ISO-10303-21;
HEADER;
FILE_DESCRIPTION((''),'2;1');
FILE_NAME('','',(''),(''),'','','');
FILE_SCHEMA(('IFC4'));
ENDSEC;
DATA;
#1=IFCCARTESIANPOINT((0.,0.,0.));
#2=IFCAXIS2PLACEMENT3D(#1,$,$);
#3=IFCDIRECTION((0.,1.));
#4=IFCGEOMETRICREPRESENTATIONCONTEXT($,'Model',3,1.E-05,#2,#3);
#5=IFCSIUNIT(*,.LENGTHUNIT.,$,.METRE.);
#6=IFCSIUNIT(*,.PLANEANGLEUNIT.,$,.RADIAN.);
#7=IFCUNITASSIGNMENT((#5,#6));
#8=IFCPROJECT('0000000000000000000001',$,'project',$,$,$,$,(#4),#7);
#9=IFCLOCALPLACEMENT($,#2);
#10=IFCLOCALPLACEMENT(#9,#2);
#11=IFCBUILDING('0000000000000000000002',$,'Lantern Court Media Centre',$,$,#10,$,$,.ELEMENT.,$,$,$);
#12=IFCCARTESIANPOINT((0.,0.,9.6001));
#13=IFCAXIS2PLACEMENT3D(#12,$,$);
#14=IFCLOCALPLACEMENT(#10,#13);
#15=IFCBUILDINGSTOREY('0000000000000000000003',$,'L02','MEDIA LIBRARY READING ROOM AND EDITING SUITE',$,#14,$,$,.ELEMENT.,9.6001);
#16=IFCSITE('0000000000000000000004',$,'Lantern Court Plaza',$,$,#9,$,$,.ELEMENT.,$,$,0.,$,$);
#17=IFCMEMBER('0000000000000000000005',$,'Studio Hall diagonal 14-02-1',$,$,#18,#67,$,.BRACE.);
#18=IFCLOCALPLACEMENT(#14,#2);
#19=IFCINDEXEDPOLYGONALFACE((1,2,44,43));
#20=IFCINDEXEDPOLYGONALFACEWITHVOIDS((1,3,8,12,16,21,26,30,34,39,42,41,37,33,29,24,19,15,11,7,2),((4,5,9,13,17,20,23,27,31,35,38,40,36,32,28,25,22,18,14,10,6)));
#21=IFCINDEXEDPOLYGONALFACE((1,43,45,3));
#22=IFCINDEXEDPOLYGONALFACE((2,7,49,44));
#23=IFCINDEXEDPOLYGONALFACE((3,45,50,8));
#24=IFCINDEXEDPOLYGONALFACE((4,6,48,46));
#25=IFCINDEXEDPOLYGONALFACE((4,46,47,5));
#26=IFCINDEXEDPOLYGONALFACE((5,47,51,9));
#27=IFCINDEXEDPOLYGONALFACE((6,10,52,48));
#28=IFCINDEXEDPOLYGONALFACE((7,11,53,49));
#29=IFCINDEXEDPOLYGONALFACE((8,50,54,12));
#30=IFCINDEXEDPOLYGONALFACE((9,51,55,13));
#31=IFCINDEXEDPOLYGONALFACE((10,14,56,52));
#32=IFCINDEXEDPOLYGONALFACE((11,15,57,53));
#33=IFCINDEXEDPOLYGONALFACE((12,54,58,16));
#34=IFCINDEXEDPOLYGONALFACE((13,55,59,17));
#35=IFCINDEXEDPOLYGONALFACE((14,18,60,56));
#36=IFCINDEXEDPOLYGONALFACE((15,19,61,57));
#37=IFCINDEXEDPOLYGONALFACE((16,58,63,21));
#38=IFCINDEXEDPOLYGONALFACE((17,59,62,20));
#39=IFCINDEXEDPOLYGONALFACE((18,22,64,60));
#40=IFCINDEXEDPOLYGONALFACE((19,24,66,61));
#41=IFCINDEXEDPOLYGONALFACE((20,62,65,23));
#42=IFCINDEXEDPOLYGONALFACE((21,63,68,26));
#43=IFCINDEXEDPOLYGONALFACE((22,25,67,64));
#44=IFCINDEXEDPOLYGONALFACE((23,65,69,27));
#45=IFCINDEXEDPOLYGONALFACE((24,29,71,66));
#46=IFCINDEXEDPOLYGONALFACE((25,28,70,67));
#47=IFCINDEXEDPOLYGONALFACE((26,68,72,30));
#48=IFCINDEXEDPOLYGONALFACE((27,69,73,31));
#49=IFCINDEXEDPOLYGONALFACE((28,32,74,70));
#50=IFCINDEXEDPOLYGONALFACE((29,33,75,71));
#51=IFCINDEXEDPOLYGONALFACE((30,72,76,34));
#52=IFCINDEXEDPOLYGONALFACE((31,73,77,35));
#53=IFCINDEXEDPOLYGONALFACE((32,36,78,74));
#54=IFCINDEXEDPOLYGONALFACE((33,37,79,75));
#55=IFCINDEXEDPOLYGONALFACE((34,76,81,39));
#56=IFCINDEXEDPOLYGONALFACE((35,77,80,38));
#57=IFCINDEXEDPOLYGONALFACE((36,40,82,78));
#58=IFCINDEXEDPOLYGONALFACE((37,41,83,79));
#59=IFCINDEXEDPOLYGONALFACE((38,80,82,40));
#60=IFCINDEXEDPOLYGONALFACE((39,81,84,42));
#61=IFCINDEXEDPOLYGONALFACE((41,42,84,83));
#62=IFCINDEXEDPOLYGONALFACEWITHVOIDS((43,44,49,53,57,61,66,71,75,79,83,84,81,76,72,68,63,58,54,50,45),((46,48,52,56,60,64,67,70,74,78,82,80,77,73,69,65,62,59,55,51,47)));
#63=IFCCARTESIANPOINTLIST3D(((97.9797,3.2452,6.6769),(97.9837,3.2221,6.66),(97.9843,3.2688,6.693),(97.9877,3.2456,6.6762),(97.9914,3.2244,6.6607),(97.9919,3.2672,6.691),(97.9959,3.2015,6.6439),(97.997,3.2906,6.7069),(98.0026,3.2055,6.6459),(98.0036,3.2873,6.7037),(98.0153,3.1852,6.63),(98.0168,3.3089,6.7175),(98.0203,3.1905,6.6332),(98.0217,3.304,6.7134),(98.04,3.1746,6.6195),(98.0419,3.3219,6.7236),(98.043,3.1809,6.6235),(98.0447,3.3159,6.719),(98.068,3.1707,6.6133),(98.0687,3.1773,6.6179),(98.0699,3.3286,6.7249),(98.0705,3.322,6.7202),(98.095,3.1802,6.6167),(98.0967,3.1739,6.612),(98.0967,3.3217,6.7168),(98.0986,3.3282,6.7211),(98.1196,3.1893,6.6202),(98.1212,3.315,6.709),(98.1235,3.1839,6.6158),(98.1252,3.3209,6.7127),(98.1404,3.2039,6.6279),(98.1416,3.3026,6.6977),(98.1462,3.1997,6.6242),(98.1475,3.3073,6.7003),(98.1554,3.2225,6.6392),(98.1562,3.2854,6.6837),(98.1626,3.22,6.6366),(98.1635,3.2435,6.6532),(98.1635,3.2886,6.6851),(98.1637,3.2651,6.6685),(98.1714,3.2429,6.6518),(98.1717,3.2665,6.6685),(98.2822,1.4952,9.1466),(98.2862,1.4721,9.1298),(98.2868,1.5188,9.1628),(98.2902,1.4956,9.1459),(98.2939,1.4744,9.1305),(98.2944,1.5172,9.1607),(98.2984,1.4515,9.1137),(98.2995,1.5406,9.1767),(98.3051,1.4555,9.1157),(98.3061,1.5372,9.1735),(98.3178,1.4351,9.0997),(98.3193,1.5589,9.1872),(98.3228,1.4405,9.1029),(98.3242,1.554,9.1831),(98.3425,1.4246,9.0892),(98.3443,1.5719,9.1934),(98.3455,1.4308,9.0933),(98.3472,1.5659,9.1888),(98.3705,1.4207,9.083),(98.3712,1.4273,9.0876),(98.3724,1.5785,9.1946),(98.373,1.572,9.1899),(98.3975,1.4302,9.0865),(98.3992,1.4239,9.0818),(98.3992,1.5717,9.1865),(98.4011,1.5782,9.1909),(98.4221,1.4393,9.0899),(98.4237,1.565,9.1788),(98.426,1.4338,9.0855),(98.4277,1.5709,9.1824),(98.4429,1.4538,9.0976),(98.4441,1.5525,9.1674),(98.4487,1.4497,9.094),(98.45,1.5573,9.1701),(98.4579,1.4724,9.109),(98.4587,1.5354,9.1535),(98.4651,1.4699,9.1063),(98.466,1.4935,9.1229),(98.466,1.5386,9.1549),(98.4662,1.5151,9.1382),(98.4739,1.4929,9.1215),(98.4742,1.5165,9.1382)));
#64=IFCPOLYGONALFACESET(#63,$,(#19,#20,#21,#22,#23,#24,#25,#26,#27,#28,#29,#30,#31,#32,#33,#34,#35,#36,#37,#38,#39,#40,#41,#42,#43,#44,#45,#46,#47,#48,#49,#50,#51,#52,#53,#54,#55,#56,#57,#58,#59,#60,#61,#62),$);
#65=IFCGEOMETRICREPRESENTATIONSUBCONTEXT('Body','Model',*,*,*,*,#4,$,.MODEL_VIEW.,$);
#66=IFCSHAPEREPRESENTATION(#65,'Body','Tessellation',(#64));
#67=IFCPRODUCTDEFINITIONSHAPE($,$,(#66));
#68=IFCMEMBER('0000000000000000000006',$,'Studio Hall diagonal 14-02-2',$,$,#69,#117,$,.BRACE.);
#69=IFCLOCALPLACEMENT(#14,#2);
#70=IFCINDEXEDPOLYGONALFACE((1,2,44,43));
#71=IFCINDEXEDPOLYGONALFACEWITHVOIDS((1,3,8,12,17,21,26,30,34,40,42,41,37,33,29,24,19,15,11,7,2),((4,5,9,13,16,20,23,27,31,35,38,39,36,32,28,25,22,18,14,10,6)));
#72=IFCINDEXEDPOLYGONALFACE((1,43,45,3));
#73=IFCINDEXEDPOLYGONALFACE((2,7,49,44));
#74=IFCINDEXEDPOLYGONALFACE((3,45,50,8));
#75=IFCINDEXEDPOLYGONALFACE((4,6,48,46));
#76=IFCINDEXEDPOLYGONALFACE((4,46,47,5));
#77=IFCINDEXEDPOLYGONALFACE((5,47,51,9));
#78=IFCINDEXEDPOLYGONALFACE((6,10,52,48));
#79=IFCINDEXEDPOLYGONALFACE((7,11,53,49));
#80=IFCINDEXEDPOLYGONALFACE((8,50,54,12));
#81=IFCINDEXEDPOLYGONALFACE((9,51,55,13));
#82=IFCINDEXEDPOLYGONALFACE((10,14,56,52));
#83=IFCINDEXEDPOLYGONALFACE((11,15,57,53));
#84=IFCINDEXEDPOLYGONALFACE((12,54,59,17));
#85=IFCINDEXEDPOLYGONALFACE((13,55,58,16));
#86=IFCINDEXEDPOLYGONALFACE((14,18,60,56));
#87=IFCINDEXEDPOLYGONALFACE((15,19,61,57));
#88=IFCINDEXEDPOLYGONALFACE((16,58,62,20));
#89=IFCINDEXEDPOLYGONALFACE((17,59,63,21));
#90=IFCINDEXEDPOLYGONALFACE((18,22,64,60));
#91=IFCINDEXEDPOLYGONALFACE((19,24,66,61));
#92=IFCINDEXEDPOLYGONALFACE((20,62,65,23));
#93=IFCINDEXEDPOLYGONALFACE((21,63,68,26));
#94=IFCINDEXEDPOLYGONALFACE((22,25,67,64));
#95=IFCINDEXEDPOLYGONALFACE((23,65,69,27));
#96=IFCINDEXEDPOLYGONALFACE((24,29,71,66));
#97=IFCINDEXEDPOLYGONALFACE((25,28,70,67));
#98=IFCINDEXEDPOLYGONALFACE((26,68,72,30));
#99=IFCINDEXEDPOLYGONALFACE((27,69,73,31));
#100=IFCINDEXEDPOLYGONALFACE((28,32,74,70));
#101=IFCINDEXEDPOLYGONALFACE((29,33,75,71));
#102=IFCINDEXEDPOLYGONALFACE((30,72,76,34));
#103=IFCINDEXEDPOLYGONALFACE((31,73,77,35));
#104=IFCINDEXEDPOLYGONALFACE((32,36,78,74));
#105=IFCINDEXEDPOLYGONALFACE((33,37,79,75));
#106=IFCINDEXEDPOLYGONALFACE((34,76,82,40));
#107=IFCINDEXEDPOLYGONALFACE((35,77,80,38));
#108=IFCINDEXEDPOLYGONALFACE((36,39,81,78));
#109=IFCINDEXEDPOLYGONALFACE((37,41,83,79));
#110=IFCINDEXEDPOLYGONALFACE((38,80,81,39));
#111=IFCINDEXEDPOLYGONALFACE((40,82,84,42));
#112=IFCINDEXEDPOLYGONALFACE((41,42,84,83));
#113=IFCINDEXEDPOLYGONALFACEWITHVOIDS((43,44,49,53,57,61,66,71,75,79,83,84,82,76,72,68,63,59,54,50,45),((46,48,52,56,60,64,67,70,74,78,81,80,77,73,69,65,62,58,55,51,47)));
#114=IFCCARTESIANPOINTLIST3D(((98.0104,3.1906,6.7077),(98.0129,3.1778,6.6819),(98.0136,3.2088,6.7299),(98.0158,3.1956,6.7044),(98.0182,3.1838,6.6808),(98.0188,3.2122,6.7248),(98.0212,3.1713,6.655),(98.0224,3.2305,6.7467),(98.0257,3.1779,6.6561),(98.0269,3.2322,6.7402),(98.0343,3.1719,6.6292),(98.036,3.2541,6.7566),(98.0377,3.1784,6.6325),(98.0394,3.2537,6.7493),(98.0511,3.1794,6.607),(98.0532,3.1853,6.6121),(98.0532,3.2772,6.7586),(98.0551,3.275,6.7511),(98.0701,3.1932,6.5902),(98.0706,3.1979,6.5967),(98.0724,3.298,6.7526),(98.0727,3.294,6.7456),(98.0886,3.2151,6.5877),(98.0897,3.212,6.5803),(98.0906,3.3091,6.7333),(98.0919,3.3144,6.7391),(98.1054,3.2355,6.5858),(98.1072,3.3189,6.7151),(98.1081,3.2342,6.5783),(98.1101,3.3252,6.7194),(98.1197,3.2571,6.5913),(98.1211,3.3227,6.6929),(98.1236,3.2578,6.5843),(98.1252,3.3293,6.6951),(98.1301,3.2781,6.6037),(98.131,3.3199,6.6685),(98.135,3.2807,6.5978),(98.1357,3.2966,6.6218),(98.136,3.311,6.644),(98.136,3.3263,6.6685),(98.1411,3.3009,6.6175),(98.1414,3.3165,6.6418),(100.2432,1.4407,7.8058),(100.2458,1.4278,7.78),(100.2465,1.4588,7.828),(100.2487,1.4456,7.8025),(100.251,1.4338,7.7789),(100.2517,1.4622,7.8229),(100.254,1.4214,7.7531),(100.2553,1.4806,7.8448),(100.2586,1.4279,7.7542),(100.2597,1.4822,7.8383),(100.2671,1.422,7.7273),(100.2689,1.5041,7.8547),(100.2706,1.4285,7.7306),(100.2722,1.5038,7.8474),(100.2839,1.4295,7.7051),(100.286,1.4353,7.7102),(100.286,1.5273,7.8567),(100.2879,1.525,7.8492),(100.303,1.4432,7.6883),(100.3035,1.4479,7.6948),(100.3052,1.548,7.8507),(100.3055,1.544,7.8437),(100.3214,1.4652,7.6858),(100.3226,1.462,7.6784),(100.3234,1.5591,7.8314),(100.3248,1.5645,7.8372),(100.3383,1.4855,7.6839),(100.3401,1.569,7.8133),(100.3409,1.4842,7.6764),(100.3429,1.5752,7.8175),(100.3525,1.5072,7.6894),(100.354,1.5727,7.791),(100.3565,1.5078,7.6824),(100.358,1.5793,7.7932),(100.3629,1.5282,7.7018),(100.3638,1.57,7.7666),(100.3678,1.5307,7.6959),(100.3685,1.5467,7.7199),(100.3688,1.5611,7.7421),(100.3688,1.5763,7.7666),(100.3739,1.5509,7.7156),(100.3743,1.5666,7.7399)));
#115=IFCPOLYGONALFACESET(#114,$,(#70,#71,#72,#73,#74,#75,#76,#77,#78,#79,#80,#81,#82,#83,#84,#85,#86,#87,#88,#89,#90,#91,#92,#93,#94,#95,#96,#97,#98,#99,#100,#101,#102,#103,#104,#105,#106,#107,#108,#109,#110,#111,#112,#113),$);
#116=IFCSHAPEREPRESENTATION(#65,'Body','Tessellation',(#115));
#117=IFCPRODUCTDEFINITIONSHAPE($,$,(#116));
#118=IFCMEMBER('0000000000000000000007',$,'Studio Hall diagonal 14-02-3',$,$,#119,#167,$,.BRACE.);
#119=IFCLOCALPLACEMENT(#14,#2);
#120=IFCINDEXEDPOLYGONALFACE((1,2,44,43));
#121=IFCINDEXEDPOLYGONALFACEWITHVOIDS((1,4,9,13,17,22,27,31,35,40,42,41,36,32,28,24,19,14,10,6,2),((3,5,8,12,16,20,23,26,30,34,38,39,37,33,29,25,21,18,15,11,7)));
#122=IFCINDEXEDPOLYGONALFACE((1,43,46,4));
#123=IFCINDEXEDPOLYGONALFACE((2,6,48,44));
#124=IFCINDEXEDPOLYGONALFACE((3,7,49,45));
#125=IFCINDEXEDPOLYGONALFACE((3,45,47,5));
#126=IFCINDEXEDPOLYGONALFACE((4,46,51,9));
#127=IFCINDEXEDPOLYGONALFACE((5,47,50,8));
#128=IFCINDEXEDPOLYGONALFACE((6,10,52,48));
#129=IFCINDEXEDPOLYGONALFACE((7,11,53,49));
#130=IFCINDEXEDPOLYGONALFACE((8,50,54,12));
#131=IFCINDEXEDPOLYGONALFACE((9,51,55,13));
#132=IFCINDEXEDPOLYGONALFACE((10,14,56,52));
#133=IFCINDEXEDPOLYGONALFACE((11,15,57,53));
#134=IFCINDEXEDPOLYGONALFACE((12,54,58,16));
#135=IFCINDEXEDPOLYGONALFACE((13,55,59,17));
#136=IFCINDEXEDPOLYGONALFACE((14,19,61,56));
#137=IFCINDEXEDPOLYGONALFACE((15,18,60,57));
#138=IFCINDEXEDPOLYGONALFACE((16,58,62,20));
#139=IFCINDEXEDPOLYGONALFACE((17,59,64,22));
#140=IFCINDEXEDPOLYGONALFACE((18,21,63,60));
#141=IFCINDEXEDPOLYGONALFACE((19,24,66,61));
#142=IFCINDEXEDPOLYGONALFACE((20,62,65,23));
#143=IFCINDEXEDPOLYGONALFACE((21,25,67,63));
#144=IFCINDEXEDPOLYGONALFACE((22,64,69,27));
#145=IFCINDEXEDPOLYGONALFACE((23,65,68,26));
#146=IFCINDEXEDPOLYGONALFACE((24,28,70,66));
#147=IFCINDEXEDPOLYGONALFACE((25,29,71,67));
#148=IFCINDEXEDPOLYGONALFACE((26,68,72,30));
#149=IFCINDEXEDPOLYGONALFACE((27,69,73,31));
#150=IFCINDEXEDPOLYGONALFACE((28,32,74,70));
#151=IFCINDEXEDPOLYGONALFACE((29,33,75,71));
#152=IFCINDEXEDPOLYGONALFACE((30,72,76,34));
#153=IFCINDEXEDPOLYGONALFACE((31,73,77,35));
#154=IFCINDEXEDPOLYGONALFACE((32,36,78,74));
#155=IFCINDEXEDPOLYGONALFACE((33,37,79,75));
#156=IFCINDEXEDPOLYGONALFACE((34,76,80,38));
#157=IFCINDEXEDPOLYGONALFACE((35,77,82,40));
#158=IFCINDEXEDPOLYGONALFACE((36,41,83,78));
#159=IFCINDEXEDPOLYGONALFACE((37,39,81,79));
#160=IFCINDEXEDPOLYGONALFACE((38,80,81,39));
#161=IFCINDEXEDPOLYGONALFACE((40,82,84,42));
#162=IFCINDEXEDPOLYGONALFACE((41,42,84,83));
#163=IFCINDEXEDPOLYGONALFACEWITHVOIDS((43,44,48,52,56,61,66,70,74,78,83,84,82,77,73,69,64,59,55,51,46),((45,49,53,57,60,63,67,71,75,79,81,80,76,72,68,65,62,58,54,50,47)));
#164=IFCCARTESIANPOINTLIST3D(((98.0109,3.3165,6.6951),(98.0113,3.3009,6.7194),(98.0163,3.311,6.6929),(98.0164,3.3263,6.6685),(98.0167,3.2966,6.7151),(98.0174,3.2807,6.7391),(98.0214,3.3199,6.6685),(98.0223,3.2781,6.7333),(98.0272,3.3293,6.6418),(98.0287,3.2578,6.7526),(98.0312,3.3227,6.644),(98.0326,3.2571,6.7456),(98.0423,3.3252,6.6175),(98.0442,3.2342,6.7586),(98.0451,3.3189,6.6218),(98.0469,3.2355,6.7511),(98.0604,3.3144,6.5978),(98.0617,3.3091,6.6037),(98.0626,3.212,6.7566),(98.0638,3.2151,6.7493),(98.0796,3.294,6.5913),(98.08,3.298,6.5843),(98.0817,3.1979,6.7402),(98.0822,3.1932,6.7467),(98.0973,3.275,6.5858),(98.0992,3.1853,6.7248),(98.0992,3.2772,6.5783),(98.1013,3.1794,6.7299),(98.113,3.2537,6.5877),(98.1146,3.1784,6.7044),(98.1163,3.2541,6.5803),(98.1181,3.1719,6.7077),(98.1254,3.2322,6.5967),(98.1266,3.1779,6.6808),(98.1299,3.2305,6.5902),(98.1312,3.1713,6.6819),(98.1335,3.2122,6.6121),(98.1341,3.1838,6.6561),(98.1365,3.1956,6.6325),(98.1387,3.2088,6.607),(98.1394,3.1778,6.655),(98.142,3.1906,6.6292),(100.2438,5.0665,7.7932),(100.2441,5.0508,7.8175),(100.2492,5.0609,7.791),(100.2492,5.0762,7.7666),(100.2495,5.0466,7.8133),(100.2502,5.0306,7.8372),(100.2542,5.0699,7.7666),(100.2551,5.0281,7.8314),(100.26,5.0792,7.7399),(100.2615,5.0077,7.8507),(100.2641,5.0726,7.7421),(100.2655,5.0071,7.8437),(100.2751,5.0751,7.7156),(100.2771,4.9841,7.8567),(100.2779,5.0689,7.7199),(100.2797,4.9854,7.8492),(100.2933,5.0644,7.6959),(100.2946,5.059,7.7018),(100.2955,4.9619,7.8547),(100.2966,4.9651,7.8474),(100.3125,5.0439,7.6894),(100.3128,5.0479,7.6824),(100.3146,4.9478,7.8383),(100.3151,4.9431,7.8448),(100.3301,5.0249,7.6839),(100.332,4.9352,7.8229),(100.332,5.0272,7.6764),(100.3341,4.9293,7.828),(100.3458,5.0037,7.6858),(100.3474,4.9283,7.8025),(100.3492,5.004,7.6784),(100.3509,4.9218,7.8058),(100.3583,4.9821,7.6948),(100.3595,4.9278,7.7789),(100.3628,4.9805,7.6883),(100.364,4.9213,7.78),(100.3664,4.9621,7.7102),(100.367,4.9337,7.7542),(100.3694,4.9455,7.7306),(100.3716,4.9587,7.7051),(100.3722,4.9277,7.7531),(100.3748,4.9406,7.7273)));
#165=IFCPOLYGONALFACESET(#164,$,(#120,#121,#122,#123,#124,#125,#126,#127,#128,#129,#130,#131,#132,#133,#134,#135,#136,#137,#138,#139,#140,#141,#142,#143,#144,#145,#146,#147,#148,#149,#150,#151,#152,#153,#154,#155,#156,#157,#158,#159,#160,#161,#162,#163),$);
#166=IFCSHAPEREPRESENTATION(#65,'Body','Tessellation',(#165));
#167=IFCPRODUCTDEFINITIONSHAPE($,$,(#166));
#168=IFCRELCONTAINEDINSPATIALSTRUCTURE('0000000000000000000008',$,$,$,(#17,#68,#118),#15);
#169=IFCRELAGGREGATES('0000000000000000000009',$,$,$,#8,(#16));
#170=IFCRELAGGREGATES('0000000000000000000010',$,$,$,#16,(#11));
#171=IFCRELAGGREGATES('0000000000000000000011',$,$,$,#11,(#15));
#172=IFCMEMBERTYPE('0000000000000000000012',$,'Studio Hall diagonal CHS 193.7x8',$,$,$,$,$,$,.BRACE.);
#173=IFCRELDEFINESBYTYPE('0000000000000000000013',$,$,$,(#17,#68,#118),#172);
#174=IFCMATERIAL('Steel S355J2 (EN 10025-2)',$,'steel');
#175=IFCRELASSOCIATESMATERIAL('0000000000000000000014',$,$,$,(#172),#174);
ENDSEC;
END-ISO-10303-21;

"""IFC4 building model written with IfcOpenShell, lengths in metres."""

from ifc_helpers import new_model, si_unit, direction, frame, origin, origin_2d, place, context, subcontext, project, spatial, hollow_circle, extrude, material, material_profile, profile_set, type_object, element, save


model = new_model("IFC4")

# Units and contexts
model_context = context("Model", 3, precision=1e-05, world=origin(), true_north=direction((0.0, 1.0)))
body_context = subcontext(model_context, "Body", "Model", "MODEL_VIEW")
ifc_project = project(units=[si_unit("LENGTHUNIT", "METRE"), si_unit("PLANEANGLEUNIT", "RADIAN")], contexts=[model_context])

# Site, building, storey
site_placement = place(None, origin())
site = spatial("IfcSite", under=ifc_project, at=site_placement, Name="Lantern Court Plaza", CompositionType="ELEMENT", RefElevation=0.0)
building_placement = place(site_placement, origin())
building = spatial("IfcBuilding", under=site, at=building_placement, Name="Lantern Court Media Centre", CompositionType="ELEMENT")
storey_placement = place(building_placement, frame((0.0, 0.0, 9.6001)))
storey = spatial("IfcBuildingStorey", under=building, at=storey_placement, Name="L02", Description="MEDIA LIBRARY READING ROOM AND EDITING SUITE", CompositionType="ELEMENT", Elevation=9.6001)

# Members
ifc_material = material(Name="Steel S355J2 (EN 10025-2)", Category="steel")
ifc_material_profile_1 = material_profile(ifc_material, hollow_circle(Radius=0.0969, WallThickness=0.0081, at=origin_2d()), Name="Studio Hall diagonal CHS 193.7x8")
ifc_profile_set_1 = profile_set([ifc_material_profile_1], Name="Steel S355J2 (EN 10025-2)")
member_type_1 = type_object("IfcMemberType", Name="Studio Hall diagonal CHS 193.7x8", PredefinedType="BRACE", material=ifc_profile_set_1)
for number, where, z_axis, x_axis, name in (
    (1, (98.0762, 3.25, 6.6685), (0.099439, -0.575286, 0.811885), (0.985388, 0.170326, 0.0), "Studio Hall diagonal 14-02-1"),
    (2, (98.0762, 3.25, 6.6685), (0.734005, -0.575262, 0.360984), (0.616856, 0.787076, 0.0), "Studio Hall diagonal 14-02-2"),
    (3, (98.0762, 3.25, 6.6685), (0.734005, 0.575262, 0.360984), (-0.616856, 0.787076, 0.0), "Studio Hall diagonal 14-02-3"),
):
    element("IfcMember", number, at=place(storey_placement, frame(where, z_axis=z_axis, x_axis=x_axis)), inside=storey, type_object=member_type_1, Name=name, PredefinedType="BRACE", context=body_context, shape_type="SweptSolid", body=[
        extrude(hollow_circle(Radius=0.0969, WallThickness=0.0081, at=origin_2d()), origin(), (0.0, 0.0, 1.0), 3.042),
    ])

save(model, "model.ifc")
